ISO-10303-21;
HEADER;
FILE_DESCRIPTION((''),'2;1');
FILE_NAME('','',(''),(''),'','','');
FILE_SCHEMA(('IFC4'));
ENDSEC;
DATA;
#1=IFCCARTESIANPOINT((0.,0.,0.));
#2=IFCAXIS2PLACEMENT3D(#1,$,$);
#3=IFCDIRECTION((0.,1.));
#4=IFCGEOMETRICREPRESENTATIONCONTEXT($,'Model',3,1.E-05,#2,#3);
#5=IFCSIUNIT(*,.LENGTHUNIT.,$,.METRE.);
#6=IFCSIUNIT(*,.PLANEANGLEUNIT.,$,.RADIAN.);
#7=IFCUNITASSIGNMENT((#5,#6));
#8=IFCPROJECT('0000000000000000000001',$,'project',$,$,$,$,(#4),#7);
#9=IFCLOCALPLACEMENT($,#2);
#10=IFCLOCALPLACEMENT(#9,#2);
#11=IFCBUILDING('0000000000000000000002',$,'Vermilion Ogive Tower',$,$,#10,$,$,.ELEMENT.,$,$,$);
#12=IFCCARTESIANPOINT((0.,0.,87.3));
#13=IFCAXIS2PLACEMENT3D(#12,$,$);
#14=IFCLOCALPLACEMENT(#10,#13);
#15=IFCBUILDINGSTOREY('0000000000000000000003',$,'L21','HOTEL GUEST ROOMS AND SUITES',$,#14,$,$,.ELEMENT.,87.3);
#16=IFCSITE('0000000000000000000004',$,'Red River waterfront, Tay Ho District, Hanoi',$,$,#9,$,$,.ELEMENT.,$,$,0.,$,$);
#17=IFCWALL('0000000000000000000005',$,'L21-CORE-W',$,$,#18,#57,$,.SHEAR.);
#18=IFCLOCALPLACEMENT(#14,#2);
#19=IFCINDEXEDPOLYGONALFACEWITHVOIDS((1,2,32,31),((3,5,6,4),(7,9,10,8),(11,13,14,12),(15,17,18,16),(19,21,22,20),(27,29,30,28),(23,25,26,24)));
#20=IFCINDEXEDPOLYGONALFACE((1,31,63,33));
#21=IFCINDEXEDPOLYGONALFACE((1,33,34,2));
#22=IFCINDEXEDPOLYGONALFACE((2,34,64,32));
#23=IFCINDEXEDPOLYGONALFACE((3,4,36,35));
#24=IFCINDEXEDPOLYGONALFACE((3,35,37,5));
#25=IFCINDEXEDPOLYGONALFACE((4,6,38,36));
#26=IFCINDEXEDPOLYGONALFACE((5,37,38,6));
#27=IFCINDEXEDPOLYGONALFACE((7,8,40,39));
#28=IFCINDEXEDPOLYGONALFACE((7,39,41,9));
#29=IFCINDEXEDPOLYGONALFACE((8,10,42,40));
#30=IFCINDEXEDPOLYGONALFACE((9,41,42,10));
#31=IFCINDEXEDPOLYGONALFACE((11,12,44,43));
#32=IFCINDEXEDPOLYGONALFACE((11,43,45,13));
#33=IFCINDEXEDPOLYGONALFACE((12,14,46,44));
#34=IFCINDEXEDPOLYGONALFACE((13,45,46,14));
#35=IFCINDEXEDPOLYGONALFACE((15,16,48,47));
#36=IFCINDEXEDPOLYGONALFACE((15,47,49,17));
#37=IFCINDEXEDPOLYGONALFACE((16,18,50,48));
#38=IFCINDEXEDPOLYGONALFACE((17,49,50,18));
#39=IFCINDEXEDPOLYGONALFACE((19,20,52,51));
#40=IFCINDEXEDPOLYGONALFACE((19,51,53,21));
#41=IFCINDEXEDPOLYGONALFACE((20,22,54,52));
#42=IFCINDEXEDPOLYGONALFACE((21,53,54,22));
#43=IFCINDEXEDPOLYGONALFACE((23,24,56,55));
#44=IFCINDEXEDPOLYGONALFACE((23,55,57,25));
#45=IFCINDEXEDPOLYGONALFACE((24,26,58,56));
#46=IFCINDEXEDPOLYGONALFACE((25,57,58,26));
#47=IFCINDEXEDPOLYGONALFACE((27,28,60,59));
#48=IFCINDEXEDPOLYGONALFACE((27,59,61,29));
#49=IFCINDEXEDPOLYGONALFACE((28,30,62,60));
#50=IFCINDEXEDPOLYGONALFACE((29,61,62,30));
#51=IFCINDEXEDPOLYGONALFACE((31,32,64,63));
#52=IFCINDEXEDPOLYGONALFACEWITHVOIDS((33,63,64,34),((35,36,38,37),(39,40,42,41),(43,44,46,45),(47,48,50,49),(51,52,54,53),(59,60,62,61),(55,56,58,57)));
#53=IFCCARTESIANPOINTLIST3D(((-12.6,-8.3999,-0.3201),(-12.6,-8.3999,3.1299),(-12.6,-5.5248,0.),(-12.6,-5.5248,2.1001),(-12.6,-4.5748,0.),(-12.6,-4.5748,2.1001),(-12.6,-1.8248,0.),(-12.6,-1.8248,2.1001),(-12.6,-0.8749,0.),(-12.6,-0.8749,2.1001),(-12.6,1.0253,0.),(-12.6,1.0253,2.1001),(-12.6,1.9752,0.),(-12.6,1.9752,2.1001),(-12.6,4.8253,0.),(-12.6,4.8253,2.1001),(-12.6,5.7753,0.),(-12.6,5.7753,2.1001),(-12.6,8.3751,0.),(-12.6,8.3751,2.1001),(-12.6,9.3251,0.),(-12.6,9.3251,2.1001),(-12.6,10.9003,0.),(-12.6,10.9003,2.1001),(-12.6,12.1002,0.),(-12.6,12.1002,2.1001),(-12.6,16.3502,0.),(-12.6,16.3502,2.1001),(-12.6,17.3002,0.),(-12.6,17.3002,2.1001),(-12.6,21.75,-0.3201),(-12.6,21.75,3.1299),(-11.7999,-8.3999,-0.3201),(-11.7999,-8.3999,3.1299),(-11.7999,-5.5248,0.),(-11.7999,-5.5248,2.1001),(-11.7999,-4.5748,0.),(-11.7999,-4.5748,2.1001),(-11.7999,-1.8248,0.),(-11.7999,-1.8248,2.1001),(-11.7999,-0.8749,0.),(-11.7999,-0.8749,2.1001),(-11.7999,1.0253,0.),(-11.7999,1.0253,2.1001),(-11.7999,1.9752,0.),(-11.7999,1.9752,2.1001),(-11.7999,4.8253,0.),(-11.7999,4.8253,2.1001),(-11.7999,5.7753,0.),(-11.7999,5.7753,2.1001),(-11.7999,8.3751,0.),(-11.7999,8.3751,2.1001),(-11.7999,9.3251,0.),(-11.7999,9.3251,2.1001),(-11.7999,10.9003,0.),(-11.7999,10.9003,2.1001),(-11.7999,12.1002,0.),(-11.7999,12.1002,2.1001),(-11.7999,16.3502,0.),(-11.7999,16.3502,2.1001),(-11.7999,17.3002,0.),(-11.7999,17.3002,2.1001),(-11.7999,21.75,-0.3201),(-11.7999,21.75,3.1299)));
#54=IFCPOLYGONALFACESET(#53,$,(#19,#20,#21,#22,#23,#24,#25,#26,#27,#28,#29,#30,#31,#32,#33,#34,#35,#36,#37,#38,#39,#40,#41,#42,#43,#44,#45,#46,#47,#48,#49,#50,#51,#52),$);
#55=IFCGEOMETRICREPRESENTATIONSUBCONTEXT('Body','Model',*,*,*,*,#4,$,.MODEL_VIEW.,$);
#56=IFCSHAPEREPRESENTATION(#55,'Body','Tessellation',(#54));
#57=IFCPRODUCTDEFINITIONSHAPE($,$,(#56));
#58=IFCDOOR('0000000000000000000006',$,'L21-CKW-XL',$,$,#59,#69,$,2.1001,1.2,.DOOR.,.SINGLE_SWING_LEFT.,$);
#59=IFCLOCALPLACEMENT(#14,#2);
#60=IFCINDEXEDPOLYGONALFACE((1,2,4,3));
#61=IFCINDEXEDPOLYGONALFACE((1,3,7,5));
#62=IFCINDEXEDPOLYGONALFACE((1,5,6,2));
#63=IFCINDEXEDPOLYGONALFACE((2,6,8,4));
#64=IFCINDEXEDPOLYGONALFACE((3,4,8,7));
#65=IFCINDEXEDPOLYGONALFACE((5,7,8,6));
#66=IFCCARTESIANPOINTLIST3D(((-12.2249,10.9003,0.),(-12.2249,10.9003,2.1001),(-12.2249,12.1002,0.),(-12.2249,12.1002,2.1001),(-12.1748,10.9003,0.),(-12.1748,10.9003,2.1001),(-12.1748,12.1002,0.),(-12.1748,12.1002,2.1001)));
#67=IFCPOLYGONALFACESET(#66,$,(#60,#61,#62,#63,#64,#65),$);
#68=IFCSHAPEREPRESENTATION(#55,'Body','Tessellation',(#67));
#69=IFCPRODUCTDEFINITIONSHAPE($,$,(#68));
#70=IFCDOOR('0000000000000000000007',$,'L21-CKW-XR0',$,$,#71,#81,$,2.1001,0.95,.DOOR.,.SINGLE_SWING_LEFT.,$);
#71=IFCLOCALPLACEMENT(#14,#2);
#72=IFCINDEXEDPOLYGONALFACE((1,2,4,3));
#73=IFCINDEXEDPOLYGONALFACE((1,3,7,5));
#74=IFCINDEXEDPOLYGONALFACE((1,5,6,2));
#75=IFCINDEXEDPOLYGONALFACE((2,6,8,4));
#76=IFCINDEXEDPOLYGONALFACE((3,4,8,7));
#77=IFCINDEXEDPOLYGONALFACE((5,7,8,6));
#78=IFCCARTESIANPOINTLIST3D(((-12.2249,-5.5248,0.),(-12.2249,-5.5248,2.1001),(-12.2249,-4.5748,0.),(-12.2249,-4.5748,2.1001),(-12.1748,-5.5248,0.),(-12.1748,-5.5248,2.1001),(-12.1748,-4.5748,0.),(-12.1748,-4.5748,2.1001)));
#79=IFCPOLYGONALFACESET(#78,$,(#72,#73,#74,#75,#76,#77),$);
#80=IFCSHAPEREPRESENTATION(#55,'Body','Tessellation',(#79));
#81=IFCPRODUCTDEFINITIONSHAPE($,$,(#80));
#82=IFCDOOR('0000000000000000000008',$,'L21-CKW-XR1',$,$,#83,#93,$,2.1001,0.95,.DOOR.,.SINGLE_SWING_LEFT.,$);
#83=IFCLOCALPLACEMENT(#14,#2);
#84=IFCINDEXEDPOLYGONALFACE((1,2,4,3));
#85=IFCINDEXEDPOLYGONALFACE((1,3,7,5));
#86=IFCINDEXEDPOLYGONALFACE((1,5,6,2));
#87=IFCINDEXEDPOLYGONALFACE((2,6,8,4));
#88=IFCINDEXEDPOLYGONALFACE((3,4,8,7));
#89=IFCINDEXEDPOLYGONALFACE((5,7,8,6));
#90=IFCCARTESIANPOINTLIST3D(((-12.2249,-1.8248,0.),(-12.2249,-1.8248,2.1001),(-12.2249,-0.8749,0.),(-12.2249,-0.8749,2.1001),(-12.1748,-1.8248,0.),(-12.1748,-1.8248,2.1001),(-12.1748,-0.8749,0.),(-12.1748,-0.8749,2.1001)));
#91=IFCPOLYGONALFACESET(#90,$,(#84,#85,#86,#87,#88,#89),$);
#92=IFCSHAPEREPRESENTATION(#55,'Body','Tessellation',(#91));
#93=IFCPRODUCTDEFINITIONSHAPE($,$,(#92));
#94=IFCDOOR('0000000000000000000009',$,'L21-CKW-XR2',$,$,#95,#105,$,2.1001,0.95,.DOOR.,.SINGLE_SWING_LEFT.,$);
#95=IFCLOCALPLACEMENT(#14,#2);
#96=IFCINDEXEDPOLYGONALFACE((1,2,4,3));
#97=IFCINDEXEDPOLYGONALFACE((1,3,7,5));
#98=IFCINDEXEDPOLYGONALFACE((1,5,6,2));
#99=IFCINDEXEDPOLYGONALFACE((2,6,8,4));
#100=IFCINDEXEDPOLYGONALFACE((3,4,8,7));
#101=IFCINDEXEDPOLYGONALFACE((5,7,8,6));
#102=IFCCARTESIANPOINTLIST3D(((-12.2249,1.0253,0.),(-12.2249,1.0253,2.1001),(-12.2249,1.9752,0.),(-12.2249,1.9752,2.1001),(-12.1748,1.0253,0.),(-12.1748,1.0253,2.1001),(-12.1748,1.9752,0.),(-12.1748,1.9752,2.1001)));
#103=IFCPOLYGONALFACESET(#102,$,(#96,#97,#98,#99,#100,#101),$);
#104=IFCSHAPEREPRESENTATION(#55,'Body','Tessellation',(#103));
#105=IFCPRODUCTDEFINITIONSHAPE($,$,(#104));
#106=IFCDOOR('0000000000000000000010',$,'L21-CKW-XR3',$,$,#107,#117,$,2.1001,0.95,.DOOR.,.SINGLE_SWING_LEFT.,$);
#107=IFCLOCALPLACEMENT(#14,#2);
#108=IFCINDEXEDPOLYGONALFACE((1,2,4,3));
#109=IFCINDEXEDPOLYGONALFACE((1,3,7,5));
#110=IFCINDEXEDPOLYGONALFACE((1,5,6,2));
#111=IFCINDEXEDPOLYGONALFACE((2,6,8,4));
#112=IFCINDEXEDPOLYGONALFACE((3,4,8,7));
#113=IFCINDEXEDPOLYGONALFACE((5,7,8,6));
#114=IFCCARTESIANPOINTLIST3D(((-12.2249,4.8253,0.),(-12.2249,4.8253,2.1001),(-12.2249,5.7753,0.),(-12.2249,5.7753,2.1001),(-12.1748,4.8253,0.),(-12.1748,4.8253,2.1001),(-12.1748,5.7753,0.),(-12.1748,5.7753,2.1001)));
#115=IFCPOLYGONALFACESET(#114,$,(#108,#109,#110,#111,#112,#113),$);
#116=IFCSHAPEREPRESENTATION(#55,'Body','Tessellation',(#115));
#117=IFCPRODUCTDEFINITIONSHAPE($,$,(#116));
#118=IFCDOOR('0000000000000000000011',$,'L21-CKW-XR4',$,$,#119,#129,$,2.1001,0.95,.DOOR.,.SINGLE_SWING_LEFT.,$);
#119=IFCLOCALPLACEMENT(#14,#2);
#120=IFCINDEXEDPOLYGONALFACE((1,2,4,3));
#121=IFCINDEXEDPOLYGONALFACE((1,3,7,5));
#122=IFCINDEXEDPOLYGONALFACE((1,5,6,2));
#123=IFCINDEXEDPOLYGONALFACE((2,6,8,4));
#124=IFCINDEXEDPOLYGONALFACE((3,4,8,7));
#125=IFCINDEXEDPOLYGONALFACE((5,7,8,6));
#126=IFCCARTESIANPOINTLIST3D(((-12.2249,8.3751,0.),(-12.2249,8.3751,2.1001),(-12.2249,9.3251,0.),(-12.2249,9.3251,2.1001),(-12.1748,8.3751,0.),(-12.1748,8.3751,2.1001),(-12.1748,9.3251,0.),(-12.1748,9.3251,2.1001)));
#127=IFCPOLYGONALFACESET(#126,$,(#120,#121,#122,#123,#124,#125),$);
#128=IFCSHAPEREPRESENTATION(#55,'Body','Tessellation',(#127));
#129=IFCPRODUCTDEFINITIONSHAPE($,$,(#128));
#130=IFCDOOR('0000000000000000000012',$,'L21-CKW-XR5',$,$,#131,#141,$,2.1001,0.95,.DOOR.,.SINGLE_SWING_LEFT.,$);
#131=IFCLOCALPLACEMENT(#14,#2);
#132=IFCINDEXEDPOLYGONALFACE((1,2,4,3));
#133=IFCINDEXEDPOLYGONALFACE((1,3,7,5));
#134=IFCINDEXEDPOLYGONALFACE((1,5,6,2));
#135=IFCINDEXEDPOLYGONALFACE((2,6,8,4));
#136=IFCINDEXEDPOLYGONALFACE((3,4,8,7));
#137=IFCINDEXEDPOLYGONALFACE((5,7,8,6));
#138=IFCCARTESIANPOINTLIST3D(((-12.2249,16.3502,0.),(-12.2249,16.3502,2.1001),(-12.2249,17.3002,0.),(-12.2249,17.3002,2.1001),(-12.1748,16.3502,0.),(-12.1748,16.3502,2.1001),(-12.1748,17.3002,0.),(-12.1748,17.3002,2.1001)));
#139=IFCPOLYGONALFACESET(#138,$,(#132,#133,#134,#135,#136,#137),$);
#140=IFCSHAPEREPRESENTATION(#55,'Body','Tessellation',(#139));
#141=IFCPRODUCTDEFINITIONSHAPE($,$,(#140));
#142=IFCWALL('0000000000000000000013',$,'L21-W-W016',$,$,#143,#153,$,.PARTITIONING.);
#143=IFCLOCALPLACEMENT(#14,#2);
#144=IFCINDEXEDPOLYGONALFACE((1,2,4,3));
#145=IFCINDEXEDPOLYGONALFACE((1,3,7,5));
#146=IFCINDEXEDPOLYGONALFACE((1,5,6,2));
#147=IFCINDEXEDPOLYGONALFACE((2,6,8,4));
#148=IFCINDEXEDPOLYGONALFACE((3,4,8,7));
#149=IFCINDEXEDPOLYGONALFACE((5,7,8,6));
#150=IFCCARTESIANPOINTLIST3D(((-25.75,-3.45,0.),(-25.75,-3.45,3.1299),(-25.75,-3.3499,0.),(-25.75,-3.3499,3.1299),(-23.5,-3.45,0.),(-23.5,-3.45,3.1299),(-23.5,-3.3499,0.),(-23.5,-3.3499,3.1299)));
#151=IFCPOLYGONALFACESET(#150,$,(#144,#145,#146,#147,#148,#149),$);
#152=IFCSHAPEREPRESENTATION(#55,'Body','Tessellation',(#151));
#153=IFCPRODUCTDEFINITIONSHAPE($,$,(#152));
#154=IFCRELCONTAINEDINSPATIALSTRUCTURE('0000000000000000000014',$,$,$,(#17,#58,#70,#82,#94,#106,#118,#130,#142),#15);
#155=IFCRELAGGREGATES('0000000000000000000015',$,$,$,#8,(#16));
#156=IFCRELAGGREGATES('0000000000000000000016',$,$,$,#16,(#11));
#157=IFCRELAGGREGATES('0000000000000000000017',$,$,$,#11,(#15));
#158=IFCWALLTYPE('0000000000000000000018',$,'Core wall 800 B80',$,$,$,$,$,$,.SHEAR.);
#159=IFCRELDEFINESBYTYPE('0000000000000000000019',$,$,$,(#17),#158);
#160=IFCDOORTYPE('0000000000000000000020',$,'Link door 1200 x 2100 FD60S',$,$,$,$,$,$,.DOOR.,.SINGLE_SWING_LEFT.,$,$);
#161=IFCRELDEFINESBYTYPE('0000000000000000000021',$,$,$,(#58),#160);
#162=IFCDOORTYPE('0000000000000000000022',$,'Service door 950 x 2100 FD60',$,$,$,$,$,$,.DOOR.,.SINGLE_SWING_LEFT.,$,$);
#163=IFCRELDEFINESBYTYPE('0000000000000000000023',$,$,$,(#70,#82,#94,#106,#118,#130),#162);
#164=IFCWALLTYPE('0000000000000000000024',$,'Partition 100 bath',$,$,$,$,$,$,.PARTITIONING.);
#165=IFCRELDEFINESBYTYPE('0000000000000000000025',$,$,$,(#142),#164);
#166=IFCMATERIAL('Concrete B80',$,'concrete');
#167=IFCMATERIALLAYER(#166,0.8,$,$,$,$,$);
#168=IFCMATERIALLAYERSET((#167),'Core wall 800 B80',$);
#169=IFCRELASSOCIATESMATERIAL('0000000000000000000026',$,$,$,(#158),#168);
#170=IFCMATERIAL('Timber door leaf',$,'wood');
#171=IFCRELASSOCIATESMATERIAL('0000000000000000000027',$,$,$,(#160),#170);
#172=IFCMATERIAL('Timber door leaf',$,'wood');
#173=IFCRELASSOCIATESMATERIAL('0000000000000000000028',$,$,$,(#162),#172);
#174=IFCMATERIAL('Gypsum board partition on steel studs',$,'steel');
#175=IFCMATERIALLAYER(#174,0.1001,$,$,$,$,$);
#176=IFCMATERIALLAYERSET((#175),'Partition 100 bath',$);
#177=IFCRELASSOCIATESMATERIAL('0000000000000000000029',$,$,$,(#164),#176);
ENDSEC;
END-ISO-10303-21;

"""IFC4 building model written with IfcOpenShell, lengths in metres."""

from ifc_helpers import new_model, si_unit, direction, frame, frame_2d, origin, place, context, subcontext, project, spatial, rectangle, extrude, material, layer, layer_set, type_object, element, fill, save


model = new_model("IFC4")

# Units and contexts
model_context = context("Model", 3, precision=1e-05, world=origin(), true_north=direction((0.0, 1.0)))
body_context = subcontext(model_context, "Body", "Model", "MODEL_VIEW")
ifc_project = project(units=[si_unit("LENGTHUNIT", "METRE"), si_unit("PLANEANGLEUNIT", "RADIAN")], contexts=[model_context])

# Site, building, storey
site_placement = place(None, origin())
site = spatial("IfcSite", under=ifc_project, at=site_placement, Name="Red River waterfront, Tay Ho District, Hanoi", CompositionType="ELEMENT", RefElevation=0.0)
building_placement = place(site_placement, origin())
building = spatial("IfcBuilding", under=site, at=building_placement, Name="Vermilion Ogive Tower", CompositionType="ELEMENT")
storey_placement = place(building_placement, frame((0.0, 0.0, 87.3)))
storey = spatial("IfcBuildingStorey", under=building, at=storey_placement, Name="L21", Description="HOTEL GUEST ROOMS AND SUITES", CompositionType="ELEMENT", Elevation=87.3)

# Wall, openings, doors
ifc_material_1 = material(Name="Concrete B80", Category="concrete")
ifc_layer_1 = layer(ifc_material_1, 0.8)
ifc_layer_set_1 = layer_set([ifc_layer_1], Name="Core wall 800 B80")
wall_type_1 = type_object("IfcWallType", Name="Core wall 800 B80", PredefinedType="SHEAR", material=ifc_layer_set_1)
wall_1_placement = place(storey_placement, frame((-12.2, -8.3999, -0.3201), z_axis=(0.0, 0.0, 1.0), x_axis=(0.0, 1.0, 0.0)))
wall_1 = element("IfcWall", 1, at=wall_1_placement, inside=storey, type_object=wall_type_1, Name="L21-CORE-W", PredefinedType="SHEAR", context=body_context, shape_type="SweptSolid", body=[
    extrude(rectangle(XDim=30.1499, YDim=0.8, at=frame_2d((15.075, 0.0))), origin(), (0.0, 0.0, 1.0), 3.45),
])
opening_1_placement = place(wall_1_placement, frame((2.875, 0.0, 0.3201)))
opening_1 = element("IfcOpeningElement", 2, at=opening_1_placement, cuts=wall_1, PredefinedType="OPENING", context=body_context, shape_type="SweptSolid", body=[
    extrude(rectangle(XDim=0.95, YDim=2.1001, at=frame_2d((0.4751, 1.05))), frame((0.0, 0.4099, 0.0), z_axis=(0.0, -1.0, 0.0), x_axis=(1.0, 0.0, 0.0)), (0.0, 0.0, 1.0), 0.8201),
])
opening_2_placement = place(wall_1_placement, frame((6.575, 0.0, 0.3201)))
opening_2 = element("IfcOpeningElement", 3, at=opening_2_placement, cuts=wall_1, PredefinedType="OPENING", context=body_context, shape_type="SweptSolid", body=[
    extrude(rectangle(XDim=0.95, YDim=2.1001, at=frame_2d((0.4751, 1.05))), frame((0.0, 0.4099, 0.0), z_axis=(0.0, -1.0, 0.0), x_axis=(1.0, 0.0, 0.0)), (0.0, 0.0, 1.0), 0.8201),
])
opening_3_placement = place(wall_1_placement, frame((9.425, 0.0, 0.3201)))
opening_3 = element("IfcOpeningElement", 4, at=opening_3_placement, cuts=wall_1, PredefinedType="OPENING", context=body_context, shape_type="SweptSolid", body=[
    extrude(rectangle(XDim=0.95, YDim=2.1001, at=frame_2d((0.4751, 1.05))), frame((0.0, 0.4099, 0.0), z_axis=(0.0, -1.0, 0.0), x_axis=(1.0, 0.0, 0.0)), (0.0, 0.0, 1.0), 0.8201),
])
opening_4_placement = place(wall_1_placement, frame((13.2251, 0.0, 0.3201)))
opening_4 = element("IfcOpeningElement", 5, at=opening_4_placement, cuts=wall_1, PredefinedType="OPENING", context=body_context, shape_type="SweptSolid", body=[
    extrude(rectangle(XDim=0.95, YDim=2.1001, at=frame_2d((0.4751, 1.05))), frame((0.0, 0.4099, 0.0), z_axis=(0.0, -1.0, 0.0), x_axis=(1.0, 0.0, 0.0)), (0.0, 0.0, 1.0), 0.8201),
])
opening_5_placement = place(wall_1_placement, frame((16.7749, 0.0, 0.3201)))
opening_5 = element("IfcOpeningElement", 6, at=opening_5_placement, cuts=wall_1, PredefinedType="OPENING", context=body_context, shape_type="SweptSolid", body=[
    extrude(rectangle(XDim=0.95, YDim=2.1001, at=frame_2d((0.4751, 1.05))), frame((0.0, 0.4099, 0.0), z_axis=(0.0, -1.0, 0.0), x_axis=(1.0, 0.0, 0.0)), (0.0, 0.0, 1.0), 0.8201),
])
opening_6_placement = place(wall_1_placement, frame((24.75, 0.0, 0.3201)))
opening_6 = element("IfcOpeningElement", 7, at=opening_6_placement, cuts=wall_1, PredefinedType="OPENING", context=body_context, shape_type="SweptSolid", body=[
    extrude(rectangle(XDim=0.95, YDim=2.1001, at=frame_2d((0.4751, 1.05))), frame((0.0, 0.4099, 0.0), z_axis=(0.0, -1.0, 0.0), x_axis=(1.0, 0.0, 0.0)), (0.0, 0.0, 1.0), 0.8201),
])
opening_7_placement = place(wall_1_placement, frame((19.3, 0.0, 0.3201)))
opening_7 = element("IfcOpeningElement", 8, at=opening_7_placement, cuts=wall_1, PredefinedType="OPENING", context=body_context, shape_type="SweptSolid", body=[
    extrude(rectangle(XDim=1.2, YDim=2.1001, at=frame_2d((0.6001, 1.05))), frame((0.0, 0.4099, 0.0), z_axis=(0.0, -1.0, 0.0), x_axis=(1.0, 0.0, 0.0)), (0.0, 0.0, 1.0), 0.8201),
])
ifc_material_2 = material(Name="Timber door leaf", Category="wood")
door_type_1 = type_object("IfcDoorType", Name="Link door 1200 x 2100 FD60S", OperationType="SINGLE_SWING_LEFT", PredefinedType="DOOR", material=ifc_material_2)
door_1_placement = place(opening_7_placement, origin())
door_1 = element("IfcDoor", 9, at=door_1_placement, inside=storey, type_object=door_type_1, Name="L21-CKW-XL", OperationType="SINGLE_SWING_LEFT", OverallHeight=2.1001, OverallWidth=1.2, PredefinedType="DOOR", context=body_context, shape_type="SweptSolid", body=[
    extrude(rectangle(XDim=1.2, YDim=2.1001, at=frame_2d((0.6001, 1.05))), frame((0.0, 0.0249, 0.0), z_axis=(0.0, -1.0, 0.0), x_axis=(1.0, 0.0, 0.0)), (0.0, 0.0, 1.0), 0.05),
])
fill(opening_7, door_1)
ifc_material_3 = material(Name="Timber door leaf", Category="wood")
door_type_2 = type_object("IfcDoorType", Name="Service door 950 x 2100 FD60", OperationType="SINGLE_SWING_LEFT", PredefinedType="DOOR", material=ifc_material_3)
door_2_placement = place(opening_1_placement, origin())
door_2 = element("IfcDoor", 10, at=door_2_placement, inside=storey, type_object=door_type_2, Name="L21-CKW-XR0", OperationType="SINGLE_SWING_LEFT", OverallHeight=2.1001, OverallWidth=0.95, PredefinedType="DOOR", context=body_context, shape_type="SweptSolid", body=[
    extrude(rectangle(XDim=0.95, YDim=2.1001, at=frame_2d((0.4751, 1.05))), frame((0.0, 0.0249, 0.0), z_axis=(0.0, -1.0, 0.0), x_axis=(1.0, 0.0, 0.0)), (0.0, 0.0, 1.0), 0.05),
])
fill(opening_1, door_2)
door_3_placement = place(opening_2_placement, origin())
door_3 = element("IfcDoor", 11, at=door_3_placement, inside=storey, type_object=door_type_2, Name="L21-CKW-XR1", OperationType="SINGLE_SWING_LEFT", OverallHeight=2.1001, OverallWidth=0.95, PredefinedType="DOOR", context=body_context, shape_type="SweptSolid", body=[
    extrude(rectangle(XDim=0.95, YDim=2.1001, at=frame_2d((0.4751, 1.05))), frame((0.0, 0.0249, 0.0), z_axis=(0.0, -1.0, 0.0), x_axis=(1.0, 0.0, 0.0)), (0.0, 0.0, 1.0), 0.05),
])
fill(opening_2, door_3)
door_4_placement = place(opening_3_placement, origin())
door_4 = element("IfcDoor", 12, at=door_4_placement, inside=storey, type_object=door_type_2, Name="L21-CKW-XR2", OperationType="SINGLE_SWING_LEFT", OverallHeight=2.1001, OverallWidth=0.95, PredefinedType="DOOR", context=body_context, shape_type="SweptSolid", body=[
    extrude(rectangle(XDim=0.95, YDim=2.1001, at=frame_2d((0.4751, 1.05))), frame((0.0, 0.0249, 0.0), z_axis=(0.0, -1.0, 0.0), x_axis=(1.0, 0.0, 0.0)), (0.0, 0.0, 1.0), 0.05),
])
fill(opening_3, door_4)
door_5_placement = place(opening_4_placement, origin())
door_5 = element("IfcDoor", 13, at=door_5_placement, inside=storey, type_object=door_type_2, Name="L21-CKW-XR3", OperationType="SINGLE_SWING_LEFT", OverallHeight=2.1001, OverallWidth=0.95, PredefinedType="DOOR", context=body_context, shape_type="SweptSolid", body=[
    extrude(rectangle(XDim=0.95, YDim=2.1001, at=frame_2d((0.4751, 1.05))), frame((0.0, 0.0249, 0.0), z_axis=(0.0, -1.0, 0.0), x_axis=(1.0, 0.0, 0.0)), (0.0, 0.0, 1.0), 0.05),
])
fill(opening_4, door_5)
door_6_placement = place(opening_5_placement, origin())
door_6 = element("IfcDoor", 14, at=door_6_placement, inside=storey, type_object=door_type_2, Name="L21-CKW-XR4", OperationType="SINGLE_SWING_LEFT", OverallHeight=2.1001, OverallWidth=0.95, PredefinedType="DOOR", context=body_context, shape_type="SweptSolid", body=[
    extrude(rectangle(XDim=0.95, YDim=2.1001, at=frame_2d((0.4751, 1.05))), frame((0.0, 0.0249, 0.0), z_axis=(0.0, -1.0, 0.0), x_axis=(1.0, 0.0, 0.0)), (0.0, 0.0, 1.0), 0.05),
])
fill(opening_5, door_6)
door_7_placement = place(opening_6_placement, origin())
door_7 = element("IfcDoor", 15, at=door_7_placement, inside=storey, type_object=door_type_2, Name="L21-CKW-XR5", OperationType="SINGLE_SWING_LEFT", OverallHeight=2.1001, OverallWidth=0.95, PredefinedType="DOOR", context=body_context, shape_type="SweptSolid", body=[
    extrude(rectangle(XDim=0.95, YDim=2.1001, at=frame_2d((0.4751, 1.05))), frame((0.0, 0.0249, 0.0), z_axis=(0.0, -1.0, 0.0), x_axis=(1.0, 0.0, 0.0)), (0.0, 0.0, 1.0), 0.05),
])
fill(opening_6, door_7)

# Wall
ifc_material_4 = material(Name="Gypsum board partition on steel studs", Category="steel")
ifc_layer_2 = layer(ifc_material_4, 0.1001)
ifc_layer_set_2 = layer_set([ifc_layer_2], Name="Partition 100 bath")
wall_type_2 = type_object("IfcWallType", Name="Partition 100 bath", PredefinedType="PARTITIONING", material=ifc_layer_set_2)
wall_2_placement = place(storey_placement, frame((-25.75, -3.3999, 0.0), z_axis=(0.0, 0.0, 1.0), x_axis=(1.0, 0.0, 0.0)))
element("IfcWall", 16, at=wall_2_placement, inside=storey, type_object=wall_type_2, Name="L21-W-W016", PredefinedType="PARTITIONING", context=body_context, shape_type="SweptSolid", body=[
    extrude(rectangle(XDim=2.25, YDim=0.1001, at=frame_2d((1.125, 0.0))), origin(), (0.0, 0.0, 1.0), 3.1299),
])

save(model, "model.ifc")
